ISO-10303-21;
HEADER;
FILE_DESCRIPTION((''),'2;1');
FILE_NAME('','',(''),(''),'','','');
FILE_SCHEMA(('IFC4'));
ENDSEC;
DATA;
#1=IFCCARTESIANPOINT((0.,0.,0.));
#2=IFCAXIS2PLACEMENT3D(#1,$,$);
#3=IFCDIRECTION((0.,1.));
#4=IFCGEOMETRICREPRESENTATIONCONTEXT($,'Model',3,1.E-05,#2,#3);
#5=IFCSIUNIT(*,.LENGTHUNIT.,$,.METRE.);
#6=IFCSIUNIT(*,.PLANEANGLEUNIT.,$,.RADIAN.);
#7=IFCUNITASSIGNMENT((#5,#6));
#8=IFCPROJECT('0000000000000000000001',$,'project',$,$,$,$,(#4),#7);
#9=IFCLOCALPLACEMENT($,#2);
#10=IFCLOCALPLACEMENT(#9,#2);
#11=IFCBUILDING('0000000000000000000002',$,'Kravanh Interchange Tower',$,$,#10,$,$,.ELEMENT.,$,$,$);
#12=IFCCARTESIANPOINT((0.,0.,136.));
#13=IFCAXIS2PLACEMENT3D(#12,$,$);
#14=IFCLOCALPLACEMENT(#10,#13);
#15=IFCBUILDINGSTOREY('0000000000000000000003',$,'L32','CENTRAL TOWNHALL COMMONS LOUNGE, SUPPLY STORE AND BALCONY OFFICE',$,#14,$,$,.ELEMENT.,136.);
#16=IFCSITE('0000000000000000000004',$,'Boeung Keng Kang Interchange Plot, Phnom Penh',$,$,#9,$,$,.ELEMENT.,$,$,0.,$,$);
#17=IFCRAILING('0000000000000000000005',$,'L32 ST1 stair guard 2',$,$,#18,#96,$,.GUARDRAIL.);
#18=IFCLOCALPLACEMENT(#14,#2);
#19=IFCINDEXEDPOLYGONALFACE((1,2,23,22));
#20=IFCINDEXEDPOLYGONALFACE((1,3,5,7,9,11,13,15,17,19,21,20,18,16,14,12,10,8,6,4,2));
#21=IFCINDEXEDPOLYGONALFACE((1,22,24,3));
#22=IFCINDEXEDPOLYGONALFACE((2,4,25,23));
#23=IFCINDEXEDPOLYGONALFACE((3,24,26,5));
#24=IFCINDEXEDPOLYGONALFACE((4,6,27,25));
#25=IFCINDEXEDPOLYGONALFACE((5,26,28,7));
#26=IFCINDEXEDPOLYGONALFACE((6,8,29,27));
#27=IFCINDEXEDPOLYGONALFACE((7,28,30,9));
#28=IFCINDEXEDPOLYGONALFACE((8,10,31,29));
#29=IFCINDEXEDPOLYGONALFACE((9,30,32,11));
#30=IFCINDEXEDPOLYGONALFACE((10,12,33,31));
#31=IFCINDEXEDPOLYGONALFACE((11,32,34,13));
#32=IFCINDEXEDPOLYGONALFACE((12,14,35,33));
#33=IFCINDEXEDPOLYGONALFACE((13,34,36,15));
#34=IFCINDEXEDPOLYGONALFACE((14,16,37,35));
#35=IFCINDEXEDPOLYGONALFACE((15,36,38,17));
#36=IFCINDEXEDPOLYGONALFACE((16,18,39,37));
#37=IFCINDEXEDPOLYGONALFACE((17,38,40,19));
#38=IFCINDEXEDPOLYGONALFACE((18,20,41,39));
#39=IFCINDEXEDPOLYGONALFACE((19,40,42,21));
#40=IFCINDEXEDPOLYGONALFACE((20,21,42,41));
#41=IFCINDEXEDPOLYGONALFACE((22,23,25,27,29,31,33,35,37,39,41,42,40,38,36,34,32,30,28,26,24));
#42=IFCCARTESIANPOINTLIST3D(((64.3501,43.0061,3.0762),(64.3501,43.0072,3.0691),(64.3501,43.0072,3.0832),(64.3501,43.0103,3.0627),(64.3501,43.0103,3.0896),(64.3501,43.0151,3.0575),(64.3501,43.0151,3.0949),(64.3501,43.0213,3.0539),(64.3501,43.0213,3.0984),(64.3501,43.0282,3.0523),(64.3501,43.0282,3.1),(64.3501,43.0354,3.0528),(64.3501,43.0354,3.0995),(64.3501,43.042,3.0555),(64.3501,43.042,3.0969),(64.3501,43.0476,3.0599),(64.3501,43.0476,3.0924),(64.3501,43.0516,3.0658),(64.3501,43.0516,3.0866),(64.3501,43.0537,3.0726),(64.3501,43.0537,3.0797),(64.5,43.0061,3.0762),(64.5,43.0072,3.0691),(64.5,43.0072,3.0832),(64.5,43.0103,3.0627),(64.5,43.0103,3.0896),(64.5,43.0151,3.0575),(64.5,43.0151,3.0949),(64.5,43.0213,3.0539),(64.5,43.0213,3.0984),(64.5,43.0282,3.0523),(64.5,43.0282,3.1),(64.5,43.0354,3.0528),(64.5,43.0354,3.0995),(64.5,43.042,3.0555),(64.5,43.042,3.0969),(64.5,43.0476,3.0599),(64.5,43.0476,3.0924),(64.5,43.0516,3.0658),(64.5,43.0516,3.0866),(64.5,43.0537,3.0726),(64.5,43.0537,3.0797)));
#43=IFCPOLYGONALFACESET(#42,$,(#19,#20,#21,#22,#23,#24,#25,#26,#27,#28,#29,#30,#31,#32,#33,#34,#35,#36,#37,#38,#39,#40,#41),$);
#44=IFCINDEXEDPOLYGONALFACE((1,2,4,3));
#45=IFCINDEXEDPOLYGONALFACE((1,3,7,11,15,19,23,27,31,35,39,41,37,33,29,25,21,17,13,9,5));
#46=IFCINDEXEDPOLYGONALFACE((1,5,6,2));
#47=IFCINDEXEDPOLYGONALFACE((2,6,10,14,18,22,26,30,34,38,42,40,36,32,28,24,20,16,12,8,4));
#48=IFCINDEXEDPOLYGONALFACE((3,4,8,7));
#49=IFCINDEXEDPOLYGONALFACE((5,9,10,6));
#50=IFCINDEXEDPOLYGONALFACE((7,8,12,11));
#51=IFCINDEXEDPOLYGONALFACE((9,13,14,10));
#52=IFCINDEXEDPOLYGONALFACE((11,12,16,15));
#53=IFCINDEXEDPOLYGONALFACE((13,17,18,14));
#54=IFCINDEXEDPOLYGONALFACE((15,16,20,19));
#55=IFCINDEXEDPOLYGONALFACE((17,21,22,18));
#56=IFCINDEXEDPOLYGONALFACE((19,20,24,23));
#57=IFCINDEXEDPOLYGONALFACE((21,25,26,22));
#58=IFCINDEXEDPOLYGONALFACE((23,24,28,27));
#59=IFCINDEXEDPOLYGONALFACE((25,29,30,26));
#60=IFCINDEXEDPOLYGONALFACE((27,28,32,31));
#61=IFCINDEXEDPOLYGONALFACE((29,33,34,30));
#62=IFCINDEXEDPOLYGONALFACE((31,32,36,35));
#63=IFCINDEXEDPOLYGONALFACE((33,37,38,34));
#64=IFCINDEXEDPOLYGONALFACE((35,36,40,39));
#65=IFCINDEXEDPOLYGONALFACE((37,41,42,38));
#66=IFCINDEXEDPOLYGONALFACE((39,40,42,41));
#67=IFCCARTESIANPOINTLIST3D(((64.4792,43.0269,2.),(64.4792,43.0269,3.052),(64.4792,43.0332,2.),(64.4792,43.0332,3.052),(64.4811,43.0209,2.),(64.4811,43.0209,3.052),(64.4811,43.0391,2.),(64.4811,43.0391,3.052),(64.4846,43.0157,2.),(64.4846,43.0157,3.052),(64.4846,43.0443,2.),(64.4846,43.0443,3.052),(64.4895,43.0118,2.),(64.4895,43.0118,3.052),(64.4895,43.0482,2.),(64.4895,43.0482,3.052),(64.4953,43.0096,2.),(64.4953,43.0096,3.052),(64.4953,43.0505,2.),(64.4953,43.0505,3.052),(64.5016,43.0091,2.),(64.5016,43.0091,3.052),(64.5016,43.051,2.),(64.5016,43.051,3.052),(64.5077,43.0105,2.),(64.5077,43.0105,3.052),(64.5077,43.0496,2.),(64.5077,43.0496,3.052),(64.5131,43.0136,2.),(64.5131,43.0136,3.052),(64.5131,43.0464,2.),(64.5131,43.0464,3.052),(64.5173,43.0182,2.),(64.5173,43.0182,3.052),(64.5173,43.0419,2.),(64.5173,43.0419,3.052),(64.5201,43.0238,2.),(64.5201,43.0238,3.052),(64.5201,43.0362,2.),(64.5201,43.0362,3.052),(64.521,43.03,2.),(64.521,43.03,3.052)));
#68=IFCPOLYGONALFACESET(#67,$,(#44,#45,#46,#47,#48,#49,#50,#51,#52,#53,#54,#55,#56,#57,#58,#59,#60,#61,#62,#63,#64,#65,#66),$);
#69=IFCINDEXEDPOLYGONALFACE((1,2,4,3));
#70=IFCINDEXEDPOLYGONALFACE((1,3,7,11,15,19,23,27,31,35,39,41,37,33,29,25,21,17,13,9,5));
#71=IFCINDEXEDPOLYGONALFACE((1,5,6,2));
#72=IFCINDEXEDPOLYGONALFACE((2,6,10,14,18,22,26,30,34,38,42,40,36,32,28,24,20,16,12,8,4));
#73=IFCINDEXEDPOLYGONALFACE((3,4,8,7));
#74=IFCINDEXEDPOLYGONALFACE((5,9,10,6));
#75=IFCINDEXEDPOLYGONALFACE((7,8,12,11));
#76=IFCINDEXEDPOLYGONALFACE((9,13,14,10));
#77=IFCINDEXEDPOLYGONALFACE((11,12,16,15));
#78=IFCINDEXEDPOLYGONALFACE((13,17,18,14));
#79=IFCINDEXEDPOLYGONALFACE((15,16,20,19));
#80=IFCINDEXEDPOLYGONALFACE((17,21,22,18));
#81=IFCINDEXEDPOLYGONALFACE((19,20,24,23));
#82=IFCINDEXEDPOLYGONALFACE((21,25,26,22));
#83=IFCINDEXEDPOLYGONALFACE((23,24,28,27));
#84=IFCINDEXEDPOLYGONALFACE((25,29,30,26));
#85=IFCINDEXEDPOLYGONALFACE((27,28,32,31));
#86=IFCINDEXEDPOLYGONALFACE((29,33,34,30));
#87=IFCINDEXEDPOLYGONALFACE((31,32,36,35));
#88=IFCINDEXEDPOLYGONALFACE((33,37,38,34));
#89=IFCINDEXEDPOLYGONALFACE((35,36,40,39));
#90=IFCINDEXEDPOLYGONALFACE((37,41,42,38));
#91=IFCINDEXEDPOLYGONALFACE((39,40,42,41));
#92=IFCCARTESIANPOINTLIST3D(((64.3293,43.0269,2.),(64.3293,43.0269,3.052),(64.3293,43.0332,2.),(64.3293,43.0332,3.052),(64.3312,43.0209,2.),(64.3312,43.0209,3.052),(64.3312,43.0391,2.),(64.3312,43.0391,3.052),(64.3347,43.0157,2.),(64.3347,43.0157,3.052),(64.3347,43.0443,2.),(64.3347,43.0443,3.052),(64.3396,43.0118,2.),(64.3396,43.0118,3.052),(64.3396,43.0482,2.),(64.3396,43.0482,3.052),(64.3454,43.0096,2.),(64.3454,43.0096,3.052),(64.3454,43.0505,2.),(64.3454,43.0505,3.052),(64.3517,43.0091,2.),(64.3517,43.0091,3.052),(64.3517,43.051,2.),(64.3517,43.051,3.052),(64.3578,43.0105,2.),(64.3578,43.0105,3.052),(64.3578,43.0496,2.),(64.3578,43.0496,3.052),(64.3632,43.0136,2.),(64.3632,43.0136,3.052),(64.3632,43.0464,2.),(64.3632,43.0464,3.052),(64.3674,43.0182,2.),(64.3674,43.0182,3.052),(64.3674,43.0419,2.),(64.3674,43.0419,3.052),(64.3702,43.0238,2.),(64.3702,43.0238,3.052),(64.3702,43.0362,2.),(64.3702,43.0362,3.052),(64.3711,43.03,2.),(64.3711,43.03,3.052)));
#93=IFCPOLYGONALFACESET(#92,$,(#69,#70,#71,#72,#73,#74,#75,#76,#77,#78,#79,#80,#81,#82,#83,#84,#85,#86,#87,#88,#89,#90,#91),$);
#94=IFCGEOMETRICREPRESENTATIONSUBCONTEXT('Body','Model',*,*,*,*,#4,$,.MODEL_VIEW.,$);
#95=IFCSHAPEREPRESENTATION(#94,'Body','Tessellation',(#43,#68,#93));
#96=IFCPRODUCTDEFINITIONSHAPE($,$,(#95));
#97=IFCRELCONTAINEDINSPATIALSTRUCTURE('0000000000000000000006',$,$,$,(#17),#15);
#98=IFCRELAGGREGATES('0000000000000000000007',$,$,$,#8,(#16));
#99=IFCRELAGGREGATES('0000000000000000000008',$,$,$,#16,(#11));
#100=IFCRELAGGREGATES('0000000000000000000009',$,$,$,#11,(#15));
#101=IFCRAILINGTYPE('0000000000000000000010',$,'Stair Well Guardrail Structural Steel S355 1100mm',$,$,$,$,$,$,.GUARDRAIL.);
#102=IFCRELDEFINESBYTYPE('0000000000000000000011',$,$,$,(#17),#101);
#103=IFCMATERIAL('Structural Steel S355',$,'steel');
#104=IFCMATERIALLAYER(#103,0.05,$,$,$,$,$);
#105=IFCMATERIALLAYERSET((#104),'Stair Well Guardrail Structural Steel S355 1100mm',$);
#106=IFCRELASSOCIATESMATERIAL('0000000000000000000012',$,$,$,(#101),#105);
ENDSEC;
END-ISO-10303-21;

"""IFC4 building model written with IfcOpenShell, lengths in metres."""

from ifc_helpers import new_model, si_unit, direction, frame, origin, origin_2d, place, context, subcontext, project, spatial, circle, extrude, material, layer, layer_set, type_object, element, save


model = new_model("IFC4")

# Units and contexts
model_context = context("Model", 3, precision=1e-05, world=origin(), true_north=direction((0.0, 1.0)))
body_context = subcontext(model_context, "Body", "Model", "MODEL_VIEW")
ifc_project = project(units=[si_unit("LENGTHUNIT", "METRE"), si_unit("PLANEANGLEUNIT", "RADIAN")], contexts=[model_context])

# Site, building, storey
site_placement = place(None, origin())
site = spatial("IfcSite", under=ifc_project, at=site_placement, Name="Boeung Keng Kang Interchange Plot, Phnom Penh", CompositionType="ELEMENT", RefElevation=0.0)
building_placement = place(site_placement, origin())
building = spatial("IfcBuilding", under=site, at=building_placement, Name="Kravanh Interchange Tower", CompositionType="ELEMENT")
storey_placement = place(building_placement, frame((0.0, 0.0, 136.0)))
storey = spatial("IfcBuildingStorey", under=building, at=storey_placement, Name="L32", Description="CENTRAL TOWNHALL COMMONS LOUNGE, SUPPLY STORE AND BALCONY OFFICE", CompositionType="ELEMENT", Elevation=136.0)

# Railing
ifc_material_1 = material(Name="Structural Steel S355", Category="steel")
ifc_layer_1 = layer(ifc_material_1, 0.05)
ifc_layer_set_1 = layer_set([ifc_layer_1], Name="Stair Well Guardrail Structural Steel S355 1100mm")
railing_type_1 = type_object("IfcRailingType", Name="Stair Well Guardrail Structural Steel S355 1100mm", PredefinedType="GUARDRAIL", material=ifc_layer_set_1)
railing_1_placement = place(storey_placement, frame((64.5, 43.03, 2.0)))
element("IfcRailing", 1, at=railing_1_placement, inside=storey, type_object=railing_type_1, Name="L32 ST1 stair guard 2", PredefinedType="GUARDRAIL", context=body_context, shape_type="SweptSolid", body=[
    extrude(circle(Radius=0.0239, at=origin_2d()), frame((0.0, 0.0, 1.0762), z_axis=(-1.0, 0.0, 0.0), x_axis=(0.0, -1.0, 0.0)), (0.0, 0.0, 1.0), 0.1499),
    extrude(circle(Radius=0.021, at=origin_2d()), origin(), (0.0, 0.0, 1.0), 1.052),
    extrude(circle(Radius=0.021, at=origin_2d()), frame((-0.1499, 0.0, 0.0)), (0.0, 0.0, 1.0), 1.052),
])

save(model, "model.ifc")
